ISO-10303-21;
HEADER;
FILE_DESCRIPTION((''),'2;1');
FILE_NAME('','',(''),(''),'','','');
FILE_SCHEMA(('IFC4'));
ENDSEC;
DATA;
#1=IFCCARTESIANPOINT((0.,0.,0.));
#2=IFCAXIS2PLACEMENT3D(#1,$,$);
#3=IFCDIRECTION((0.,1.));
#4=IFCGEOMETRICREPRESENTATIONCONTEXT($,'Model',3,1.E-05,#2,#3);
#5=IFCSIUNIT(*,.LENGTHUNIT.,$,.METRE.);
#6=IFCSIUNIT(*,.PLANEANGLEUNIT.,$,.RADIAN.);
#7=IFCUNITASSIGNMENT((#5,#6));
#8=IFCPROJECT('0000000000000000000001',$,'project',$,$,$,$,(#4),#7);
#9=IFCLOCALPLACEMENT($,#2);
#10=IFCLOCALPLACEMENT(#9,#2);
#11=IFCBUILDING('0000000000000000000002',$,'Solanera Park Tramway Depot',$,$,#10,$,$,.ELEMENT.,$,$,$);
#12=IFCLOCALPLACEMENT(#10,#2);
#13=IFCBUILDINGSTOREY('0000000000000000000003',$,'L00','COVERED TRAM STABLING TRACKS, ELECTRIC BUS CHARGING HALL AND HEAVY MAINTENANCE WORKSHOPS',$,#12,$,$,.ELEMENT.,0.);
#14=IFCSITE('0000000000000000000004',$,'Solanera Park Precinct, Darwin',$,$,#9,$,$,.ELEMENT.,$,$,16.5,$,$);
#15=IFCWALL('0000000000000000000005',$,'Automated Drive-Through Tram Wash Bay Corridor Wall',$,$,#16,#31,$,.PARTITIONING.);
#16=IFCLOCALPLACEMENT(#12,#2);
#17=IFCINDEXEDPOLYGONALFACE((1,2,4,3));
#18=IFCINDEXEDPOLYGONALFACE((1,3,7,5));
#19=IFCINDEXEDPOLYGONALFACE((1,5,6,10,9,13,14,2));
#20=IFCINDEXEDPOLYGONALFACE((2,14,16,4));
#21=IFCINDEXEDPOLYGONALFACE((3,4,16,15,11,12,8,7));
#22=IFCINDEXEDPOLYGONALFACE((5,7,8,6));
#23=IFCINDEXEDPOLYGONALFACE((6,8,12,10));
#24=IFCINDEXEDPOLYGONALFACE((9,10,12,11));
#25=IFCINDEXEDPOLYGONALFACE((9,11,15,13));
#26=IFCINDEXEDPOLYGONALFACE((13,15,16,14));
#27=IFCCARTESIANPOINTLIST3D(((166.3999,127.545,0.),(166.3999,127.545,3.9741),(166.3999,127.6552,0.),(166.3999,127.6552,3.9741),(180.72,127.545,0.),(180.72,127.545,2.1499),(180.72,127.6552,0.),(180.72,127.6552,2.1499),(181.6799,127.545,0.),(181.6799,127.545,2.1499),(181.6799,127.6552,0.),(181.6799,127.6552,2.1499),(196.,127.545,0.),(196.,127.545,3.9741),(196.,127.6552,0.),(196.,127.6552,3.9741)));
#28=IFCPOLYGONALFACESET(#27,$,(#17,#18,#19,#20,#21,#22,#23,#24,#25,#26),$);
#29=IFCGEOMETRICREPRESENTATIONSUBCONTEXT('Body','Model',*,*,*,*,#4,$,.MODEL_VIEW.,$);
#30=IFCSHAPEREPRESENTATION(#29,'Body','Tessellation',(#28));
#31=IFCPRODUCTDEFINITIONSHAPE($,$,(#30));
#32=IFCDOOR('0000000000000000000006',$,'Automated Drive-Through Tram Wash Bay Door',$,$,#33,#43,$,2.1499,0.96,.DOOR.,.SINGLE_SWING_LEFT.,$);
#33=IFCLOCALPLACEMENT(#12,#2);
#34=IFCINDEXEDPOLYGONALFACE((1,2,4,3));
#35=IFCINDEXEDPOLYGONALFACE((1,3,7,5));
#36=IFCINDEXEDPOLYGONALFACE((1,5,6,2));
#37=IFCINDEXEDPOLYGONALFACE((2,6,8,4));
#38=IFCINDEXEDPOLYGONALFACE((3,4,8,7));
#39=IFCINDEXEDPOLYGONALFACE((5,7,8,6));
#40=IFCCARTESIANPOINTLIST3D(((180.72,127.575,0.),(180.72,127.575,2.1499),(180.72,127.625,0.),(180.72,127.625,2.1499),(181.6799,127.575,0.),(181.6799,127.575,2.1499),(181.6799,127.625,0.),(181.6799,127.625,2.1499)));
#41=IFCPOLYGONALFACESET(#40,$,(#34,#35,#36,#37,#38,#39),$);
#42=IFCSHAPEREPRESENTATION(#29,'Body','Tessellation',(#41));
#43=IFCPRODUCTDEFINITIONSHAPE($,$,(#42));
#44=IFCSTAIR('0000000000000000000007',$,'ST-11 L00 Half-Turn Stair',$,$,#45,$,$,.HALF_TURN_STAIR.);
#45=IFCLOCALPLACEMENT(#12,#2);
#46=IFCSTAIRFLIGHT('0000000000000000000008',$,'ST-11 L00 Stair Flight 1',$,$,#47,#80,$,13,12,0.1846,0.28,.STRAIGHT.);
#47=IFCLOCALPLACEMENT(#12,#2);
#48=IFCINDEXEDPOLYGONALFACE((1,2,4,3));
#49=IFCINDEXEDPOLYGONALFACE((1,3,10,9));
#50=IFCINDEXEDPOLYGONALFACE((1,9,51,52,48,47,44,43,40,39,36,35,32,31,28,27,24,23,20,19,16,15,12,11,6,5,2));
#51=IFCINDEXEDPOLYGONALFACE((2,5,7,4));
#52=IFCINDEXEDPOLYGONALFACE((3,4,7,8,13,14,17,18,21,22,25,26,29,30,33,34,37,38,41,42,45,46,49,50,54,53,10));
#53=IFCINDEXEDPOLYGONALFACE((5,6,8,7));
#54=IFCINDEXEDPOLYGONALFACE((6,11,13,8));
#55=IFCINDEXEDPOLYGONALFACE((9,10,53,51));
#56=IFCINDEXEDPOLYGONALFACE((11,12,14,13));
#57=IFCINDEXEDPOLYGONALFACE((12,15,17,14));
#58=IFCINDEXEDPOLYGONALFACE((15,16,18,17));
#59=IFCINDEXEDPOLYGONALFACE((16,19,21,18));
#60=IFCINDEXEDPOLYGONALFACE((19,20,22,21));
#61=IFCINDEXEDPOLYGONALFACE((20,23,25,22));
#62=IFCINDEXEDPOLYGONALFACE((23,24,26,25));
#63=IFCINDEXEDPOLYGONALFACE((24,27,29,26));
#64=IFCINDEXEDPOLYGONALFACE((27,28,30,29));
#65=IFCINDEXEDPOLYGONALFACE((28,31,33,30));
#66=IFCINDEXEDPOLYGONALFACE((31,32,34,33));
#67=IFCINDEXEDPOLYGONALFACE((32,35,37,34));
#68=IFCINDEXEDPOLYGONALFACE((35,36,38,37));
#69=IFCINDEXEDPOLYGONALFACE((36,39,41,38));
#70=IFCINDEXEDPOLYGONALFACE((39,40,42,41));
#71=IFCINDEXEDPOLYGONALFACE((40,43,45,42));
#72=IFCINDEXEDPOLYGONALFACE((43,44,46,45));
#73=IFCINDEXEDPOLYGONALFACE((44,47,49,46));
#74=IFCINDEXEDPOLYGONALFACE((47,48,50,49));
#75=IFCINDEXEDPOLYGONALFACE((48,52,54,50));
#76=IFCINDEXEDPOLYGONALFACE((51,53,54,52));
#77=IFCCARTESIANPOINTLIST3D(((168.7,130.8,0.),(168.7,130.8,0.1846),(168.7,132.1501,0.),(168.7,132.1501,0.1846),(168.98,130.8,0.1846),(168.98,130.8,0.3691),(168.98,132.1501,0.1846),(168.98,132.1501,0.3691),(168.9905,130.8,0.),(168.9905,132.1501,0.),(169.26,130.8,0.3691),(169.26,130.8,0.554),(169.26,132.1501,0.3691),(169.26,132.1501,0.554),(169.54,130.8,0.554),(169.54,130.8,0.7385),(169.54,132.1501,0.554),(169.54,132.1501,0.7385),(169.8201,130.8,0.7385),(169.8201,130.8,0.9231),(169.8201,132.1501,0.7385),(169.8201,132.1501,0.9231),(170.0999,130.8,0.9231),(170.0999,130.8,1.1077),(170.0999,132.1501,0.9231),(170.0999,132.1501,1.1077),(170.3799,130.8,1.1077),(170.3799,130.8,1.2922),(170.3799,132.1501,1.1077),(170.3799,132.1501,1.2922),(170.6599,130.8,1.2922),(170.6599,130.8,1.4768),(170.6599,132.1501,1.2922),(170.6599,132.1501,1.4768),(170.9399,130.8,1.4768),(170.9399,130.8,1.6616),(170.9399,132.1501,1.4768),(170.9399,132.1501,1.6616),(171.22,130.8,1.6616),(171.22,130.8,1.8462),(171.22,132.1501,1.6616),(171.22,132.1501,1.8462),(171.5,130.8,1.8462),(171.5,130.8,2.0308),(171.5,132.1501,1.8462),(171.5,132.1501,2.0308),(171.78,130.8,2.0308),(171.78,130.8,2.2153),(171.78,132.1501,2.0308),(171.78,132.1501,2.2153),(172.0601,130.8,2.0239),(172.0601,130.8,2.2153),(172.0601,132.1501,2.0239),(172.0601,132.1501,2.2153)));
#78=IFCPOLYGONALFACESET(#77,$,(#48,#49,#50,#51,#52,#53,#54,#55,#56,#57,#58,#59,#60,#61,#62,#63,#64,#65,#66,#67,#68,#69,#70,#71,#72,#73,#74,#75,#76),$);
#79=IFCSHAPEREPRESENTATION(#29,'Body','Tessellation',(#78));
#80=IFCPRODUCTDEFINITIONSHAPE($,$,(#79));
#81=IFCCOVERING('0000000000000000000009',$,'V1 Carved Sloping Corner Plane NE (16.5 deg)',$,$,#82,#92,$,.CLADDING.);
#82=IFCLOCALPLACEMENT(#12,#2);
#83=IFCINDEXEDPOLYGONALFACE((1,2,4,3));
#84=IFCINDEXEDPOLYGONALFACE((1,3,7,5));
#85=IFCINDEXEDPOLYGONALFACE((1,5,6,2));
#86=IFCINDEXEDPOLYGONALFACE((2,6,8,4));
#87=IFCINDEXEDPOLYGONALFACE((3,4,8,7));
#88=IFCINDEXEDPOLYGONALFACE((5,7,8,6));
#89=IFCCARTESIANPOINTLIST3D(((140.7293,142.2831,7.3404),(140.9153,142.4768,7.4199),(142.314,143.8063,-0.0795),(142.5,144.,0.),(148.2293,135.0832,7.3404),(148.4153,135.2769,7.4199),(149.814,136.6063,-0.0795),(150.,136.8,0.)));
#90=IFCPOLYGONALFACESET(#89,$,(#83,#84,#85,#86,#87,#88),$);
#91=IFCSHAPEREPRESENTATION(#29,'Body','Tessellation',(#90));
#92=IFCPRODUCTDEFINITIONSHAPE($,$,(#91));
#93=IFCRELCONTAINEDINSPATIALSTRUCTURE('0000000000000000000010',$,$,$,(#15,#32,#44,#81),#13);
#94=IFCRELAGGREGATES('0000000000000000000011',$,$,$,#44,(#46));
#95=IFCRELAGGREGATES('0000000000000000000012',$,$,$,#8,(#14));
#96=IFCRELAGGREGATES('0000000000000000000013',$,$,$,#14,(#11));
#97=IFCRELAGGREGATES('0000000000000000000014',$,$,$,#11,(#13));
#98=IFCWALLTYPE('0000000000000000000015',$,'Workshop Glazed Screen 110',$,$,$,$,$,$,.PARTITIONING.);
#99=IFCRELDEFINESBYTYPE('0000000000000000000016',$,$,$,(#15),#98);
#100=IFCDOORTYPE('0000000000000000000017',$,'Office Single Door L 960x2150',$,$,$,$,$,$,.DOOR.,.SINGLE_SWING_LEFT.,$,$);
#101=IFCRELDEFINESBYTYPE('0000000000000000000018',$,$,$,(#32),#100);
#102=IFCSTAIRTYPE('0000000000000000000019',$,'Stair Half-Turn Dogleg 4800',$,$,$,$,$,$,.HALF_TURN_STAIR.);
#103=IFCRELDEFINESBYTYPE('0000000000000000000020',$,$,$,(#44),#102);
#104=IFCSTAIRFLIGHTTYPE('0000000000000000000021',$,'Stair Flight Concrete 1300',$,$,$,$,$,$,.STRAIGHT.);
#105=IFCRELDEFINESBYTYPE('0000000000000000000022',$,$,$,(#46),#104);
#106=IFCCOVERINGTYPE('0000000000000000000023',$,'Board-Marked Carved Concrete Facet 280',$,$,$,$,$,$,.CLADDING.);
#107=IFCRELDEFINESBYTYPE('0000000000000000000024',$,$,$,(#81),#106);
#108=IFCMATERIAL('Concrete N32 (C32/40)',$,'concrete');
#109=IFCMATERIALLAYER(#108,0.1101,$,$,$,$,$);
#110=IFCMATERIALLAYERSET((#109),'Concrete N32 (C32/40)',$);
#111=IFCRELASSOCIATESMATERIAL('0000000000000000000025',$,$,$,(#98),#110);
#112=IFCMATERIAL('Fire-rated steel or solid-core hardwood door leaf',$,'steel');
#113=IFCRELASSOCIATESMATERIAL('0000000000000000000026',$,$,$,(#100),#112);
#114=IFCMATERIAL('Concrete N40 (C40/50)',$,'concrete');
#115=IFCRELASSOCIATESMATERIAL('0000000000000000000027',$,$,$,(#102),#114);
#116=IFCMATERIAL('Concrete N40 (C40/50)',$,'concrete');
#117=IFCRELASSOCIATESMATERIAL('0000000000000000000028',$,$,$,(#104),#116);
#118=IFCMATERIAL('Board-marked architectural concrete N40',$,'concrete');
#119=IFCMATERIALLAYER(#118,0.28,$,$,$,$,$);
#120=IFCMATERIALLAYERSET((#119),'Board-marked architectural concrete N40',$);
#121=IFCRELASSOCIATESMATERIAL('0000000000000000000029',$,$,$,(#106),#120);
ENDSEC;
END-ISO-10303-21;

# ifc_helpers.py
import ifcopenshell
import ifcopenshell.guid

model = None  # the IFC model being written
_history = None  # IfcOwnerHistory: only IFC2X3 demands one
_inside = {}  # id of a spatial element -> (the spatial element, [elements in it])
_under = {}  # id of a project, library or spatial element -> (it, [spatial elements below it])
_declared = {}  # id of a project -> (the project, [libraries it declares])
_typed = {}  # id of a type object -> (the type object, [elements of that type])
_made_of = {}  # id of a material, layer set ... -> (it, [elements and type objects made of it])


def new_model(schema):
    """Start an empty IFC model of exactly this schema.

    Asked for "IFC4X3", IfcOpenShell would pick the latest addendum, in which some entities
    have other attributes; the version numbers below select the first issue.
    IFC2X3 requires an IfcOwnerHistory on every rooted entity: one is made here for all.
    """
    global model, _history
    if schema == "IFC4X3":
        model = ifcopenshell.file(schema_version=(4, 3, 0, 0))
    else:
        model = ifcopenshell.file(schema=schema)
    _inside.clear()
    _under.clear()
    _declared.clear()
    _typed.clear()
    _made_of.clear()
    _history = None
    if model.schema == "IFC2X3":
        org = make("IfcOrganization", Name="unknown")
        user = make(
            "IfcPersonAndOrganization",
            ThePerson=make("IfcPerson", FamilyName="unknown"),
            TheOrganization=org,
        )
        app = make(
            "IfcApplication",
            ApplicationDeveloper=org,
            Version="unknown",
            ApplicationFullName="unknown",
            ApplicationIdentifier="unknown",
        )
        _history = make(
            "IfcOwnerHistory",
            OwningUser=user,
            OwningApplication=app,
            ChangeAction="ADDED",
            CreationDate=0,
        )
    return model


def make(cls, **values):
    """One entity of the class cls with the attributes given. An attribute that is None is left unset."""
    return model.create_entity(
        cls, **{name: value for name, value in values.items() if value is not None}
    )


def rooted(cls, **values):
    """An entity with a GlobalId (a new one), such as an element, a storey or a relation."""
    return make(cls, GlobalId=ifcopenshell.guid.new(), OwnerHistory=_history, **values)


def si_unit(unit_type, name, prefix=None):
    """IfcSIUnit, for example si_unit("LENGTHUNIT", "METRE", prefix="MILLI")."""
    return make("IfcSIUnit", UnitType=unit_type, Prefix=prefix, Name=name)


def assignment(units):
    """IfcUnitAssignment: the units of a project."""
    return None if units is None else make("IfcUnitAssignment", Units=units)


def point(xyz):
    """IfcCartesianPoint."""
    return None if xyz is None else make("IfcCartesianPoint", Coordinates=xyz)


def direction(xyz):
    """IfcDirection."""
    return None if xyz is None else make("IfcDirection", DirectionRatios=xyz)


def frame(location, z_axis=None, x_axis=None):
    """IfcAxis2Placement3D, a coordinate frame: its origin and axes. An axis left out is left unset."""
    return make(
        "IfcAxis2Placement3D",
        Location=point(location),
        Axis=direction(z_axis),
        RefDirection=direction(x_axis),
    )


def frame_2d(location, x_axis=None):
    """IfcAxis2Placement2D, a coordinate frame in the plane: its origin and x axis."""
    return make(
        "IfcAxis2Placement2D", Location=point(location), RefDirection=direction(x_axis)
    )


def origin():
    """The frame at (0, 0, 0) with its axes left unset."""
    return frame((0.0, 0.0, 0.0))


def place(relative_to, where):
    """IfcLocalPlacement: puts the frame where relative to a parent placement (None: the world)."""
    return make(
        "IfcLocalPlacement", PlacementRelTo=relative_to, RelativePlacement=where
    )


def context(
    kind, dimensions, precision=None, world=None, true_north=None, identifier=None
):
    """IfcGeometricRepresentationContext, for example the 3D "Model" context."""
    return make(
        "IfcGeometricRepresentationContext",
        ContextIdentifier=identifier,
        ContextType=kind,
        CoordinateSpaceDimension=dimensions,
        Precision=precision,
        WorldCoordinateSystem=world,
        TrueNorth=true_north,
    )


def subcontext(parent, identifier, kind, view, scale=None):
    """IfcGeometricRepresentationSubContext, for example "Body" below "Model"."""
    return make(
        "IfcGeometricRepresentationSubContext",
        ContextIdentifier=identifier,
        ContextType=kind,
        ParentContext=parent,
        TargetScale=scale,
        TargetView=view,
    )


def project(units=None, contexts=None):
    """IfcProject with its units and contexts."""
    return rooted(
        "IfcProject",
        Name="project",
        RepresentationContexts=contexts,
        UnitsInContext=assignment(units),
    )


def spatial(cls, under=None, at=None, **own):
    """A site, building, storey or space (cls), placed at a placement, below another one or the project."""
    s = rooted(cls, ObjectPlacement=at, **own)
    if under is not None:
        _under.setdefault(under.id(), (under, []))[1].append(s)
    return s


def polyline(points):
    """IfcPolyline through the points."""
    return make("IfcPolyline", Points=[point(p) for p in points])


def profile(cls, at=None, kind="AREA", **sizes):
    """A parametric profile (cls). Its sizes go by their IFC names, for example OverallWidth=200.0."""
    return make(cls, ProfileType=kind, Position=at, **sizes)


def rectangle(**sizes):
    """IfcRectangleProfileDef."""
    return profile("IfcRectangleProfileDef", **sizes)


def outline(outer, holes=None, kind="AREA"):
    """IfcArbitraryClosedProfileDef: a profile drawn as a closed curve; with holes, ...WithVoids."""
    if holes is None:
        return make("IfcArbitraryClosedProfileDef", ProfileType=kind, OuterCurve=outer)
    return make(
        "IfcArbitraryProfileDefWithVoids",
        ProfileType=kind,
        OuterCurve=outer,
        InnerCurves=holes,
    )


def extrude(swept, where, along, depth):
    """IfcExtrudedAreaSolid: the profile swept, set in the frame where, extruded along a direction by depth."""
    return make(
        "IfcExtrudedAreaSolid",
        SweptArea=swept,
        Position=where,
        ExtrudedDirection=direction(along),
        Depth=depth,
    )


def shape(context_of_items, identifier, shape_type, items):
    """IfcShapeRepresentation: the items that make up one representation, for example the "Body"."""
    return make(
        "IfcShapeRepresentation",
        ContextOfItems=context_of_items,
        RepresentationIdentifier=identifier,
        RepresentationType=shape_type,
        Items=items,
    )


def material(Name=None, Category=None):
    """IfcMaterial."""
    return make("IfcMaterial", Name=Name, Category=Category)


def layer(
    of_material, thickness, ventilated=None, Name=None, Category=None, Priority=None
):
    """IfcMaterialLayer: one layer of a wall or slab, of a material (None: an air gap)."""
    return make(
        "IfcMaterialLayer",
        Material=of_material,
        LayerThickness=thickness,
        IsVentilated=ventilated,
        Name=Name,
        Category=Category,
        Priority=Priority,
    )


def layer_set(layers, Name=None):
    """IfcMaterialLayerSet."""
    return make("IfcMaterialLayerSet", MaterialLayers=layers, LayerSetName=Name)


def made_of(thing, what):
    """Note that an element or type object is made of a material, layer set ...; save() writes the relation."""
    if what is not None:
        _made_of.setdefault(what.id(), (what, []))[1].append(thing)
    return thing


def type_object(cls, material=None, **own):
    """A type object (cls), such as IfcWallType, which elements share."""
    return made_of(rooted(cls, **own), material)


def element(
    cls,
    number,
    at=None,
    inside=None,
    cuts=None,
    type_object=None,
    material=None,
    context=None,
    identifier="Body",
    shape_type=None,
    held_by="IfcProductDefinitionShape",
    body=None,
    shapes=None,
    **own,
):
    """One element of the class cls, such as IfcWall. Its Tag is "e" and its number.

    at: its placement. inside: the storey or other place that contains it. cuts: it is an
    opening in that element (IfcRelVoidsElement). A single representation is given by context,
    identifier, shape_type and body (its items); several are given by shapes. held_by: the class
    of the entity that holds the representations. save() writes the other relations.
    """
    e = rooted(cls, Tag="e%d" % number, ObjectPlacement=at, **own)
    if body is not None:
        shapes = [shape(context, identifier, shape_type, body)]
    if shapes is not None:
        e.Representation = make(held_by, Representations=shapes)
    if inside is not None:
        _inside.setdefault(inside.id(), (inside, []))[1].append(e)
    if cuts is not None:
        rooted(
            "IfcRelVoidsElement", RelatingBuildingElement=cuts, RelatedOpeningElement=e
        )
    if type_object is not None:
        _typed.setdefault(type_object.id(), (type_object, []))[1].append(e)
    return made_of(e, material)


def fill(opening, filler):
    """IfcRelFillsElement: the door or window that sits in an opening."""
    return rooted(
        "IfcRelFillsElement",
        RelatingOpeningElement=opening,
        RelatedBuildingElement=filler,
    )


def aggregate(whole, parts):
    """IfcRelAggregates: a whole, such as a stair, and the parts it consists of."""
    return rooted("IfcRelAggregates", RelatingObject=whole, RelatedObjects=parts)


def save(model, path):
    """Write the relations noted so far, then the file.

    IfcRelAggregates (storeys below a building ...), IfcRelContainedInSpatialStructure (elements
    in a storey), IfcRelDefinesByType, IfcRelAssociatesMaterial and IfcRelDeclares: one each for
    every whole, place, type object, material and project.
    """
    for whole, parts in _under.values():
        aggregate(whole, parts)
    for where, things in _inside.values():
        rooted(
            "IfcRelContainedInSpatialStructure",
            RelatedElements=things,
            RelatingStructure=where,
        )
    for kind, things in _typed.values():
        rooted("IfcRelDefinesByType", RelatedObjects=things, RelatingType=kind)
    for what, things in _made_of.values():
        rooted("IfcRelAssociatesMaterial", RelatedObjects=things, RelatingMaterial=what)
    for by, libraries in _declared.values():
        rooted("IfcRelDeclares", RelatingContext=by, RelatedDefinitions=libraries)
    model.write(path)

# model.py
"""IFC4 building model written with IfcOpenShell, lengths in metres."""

from ifc_helpers import new_model, si_unit, direction, frame, frame_2d, origin, place, context, subcontext, project, spatial, polyline, rectangle, outline, extrude, material, layer, layer_set, type_object, element, fill, aggregate, save


model = new_model("IFC4")

# Units and contexts
model_context = context("Model", 3, precision=1e-05, world=origin(), true_north=direction((0.0, 1.0)))
body_context = subcontext(model_context, "Body", "Model", "MODEL_VIEW")
ifc_project = project(units=[si_unit("LENGTHUNIT", "METRE"), si_unit("PLANEANGLEUNIT", "RADIAN")], contexts=[model_context])

# Site, building, storey
site_placement = place(None, origin())
site = spatial("IfcSite", under=ifc_project, at=site_placement, Name="Solanera Park Precinct, Darwin", CompositionType="ELEMENT", RefElevation=16.5)
building_placement = place(site_placement, origin())
building = spatial("IfcBuilding", under=site, at=building_placement, Name="Solanera Park Tramway Depot", CompositionType="ELEMENT")
storey_placement = place(building_placement, origin())
storey = spatial("IfcBuildingStorey", under=building, at=storey_placement, Name="L00", Description="COVERED TRAM STABLING TRACKS, ELECTRIC BUS CHARGING HALL AND HEAVY MAINTENANCE WORKSHOPS", CompositionType="ELEMENT", Elevation=0.0)

# Wall, opening, door
ifc_material_1 = material(Name="Concrete N32 (C32/40)", Category="concrete")
ifc_layer_1 = layer(ifc_material_1, 0.1101)
ifc_layer_set_1 = layer_set([ifc_layer_1], Name="Concrete N32 (C32/40)")
wall_type_1 = type_object("IfcWallType", Name="Workshop Glazed Screen 110", PredefinedType="PARTITIONING", material=ifc_layer_set_1)
wall_1_placement = place(storey_placement, frame((166.3999, 127.6001, 0.0), z_axis=(0.0, 0.0, 1.0), x_axis=(1.0, 0.0, 0.0)))
wall_1 = element("IfcWall", 1, at=wall_1_placement, inside=storey, type_object=wall_type_1, Name="Automated Drive-Through Tram Wash Bay Corridor Wall", PredefinedType="PARTITIONING", context=body_context, shape_type="SweptSolid", body=[
    extrude(rectangle(XDim=29.6001, YDim=0.1101, at=frame_2d((14.8, 0.0))), origin(), (0.0, 0.0, 1.0), 3.9741),
])
opening_1_placement = place(wall_1_placement, frame((14.3201, 0.0, 0.0)))
opening_1 = element("IfcOpeningElement", 2, at=opening_1_placement, cuts=wall_1, PredefinedType="OPENING", context=body_context, shape_type="SweptSolid", body=[
    extrude(rectangle(XDim=0.96, YDim=2.1499, at=frame_2d((0.48, 1.075))), frame((0.0, 0.0649, 0.0), z_axis=(0.0, -1.0, 0.0), x_axis=(1.0, 0.0, 0.0)), (0.0, 0.0, 1.0), 0.1301),
])
ifc_material_2 = material(Name="Fire-rated steel or solid-core hardwood door leaf", Category="steel")
door_type_1 = type_object("IfcDoorType", Name="Office Single Door L 960x2150", OperationType="SINGLE_SWING_LEFT", PredefinedType="DOOR", material=ifc_material_2)
door_1_placement = place(opening_1_placement, origin())
door_1 = element("IfcDoor", 3, at=door_1_placement, inside=storey, type_object=door_type_1, Name="Automated Drive-Through Tram Wash Bay Door", OperationType="SINGLE_SWING_LEFT", OverallHeight=2.1499, OverallWidth=0.96, PredefinedType="DOOR", context=body_context, shape_type="SweptSolid", body=[
    extrude(rectangle(XDim=0.96, YDim=2.1499, at=frame_2d((0.48, 1.075))), frame((0.0, 0.0249, 0.0), z_axis=(0.0, -1.0, 0.0), x_axis=(1.0, 0.0, 0.0)), (0.0, 0.0, 1.0), 0.05),
])
fill(opening_1, door_1)

# Stair, stair flight
ifc_material_3 = material(Name="Concrete N40 (C40/50)", Category="concrete")
stair_type = type_object("IfcStairType", Name="Stair Half-Turn Dogleg 4800", PredefinedType="HALF_TURN_STAIR", material=ifc_material_3)
stair_placement = place(storey_placement, origin())
stair = element("IfcStair", 4, at=stair_placement, inside=storey, type_object=stair_type, Name="ST-11 L00 Half-Turn Stair", PredefinedType="HALF_TURN_STAIR")
ifc_material_4 = material(Name="Concrete N40 (C40/50)", Category="concrete")
stair_flight_type = type_object("IfcStairFlightType", Name="Stair Flight Concrete 1300", PredefinedType="STRAIGHT", material=ifc_material_4)
stair_flight_placement = place(storey_placement, frame((168.7, 131.4751, 0.0), z_axis=(0.0, 0.0, 1.0), x_axis=(1.0, 0.0, 0.0)))
stair_flight = element("IfcStairFlight", 5, at=stair_flight_placement, type_object=stair_flight_type, Name="ST-11 L00 Stair Flight 1", NumberOfRisers=13, NumberOfTreads=12, PredefinedType="STRAIGHT", RiserHeight=0.1846, TreadLength=0.28, context=body_context, shape_type="SweptSolid", body=[
    extrude(outline(polyline([(0.0, 0.0), (0.0, 0.1846), (0.28, 0.1846), (0.28, 0.3691), (0.5601, 0.3691), (0.5601, 0.554), (0.8401, 0.554), (0.8401, 0.7385), (1.1201, 0.7385), (1.1201, 0.9231), (1.3999, 0.9231), (1.3999, 1.1077), (1.6799, 1.1077), (1.6799, 1.2922), (1.96, 1.2922), (1.96, 1.4768), (2.24, 1.4768), (2.24, 1.6616), (2.52, 1.6616), (2.52, 1.8462), (2.8, 1.8462), (2.8, 2.0308), (3.0801, 2.0308), (3.0801, 2.2153), (3.3601, 2.2153), (3.3601, 2.3999), (3.3601, 2.0239), (0.2905, 0.0), (0.0, 0.0)])), frame((0.0, 0.675, 0.0), z_axis=(0.0, -1.0, 0.0), x_axis=(1.0, 0.0, 0.0)), (0.0, 0.0, 1.0), 1.3501),
])
aggregate(stair, [stair_flight])

# Covering
ifc_material_5 = material(Name="Board-marked architectural concrete N40", Category="concrete")
ifc_layer_2 = layer(ifc_material_5, 0.28)
ifc_layer_set_2 = layer_set([ifc_layer_2], Name="Board-marked architectural concrete N40")
covering_type = type_object("IfcCoveringType", Name="Board-Marked Carved Concrete Facet 280", PredefinedType="CLADDING", material=ifc_layer_set_2)
covering_placement = place(storey_placement, frame((150.0, 136.8, 0.0), z_axis=(0.66405, 0.691723, 0.283825), x_axis=(-0.72139, 0.692529, 0.0)))
element("IfcCovering", 6, at=covering_placement, inside=storey, type_object=covering_type, Name="V1 Carved Sloping Corner Plane NE (16.5 deg)", PredefinedType="CLADDING", context=body_context, shape_type="SweptSolid", body=[
    extrude(outline(polyline([(0.0, 0.0), (10.3966, 0.0), (10.4849, 7.7381), (0.0883, 7.7381), (0.0, 0.0)])), origin(), (0.0, 0.0, -1.0), 0.28),
])

save(model, "model.ifc")
